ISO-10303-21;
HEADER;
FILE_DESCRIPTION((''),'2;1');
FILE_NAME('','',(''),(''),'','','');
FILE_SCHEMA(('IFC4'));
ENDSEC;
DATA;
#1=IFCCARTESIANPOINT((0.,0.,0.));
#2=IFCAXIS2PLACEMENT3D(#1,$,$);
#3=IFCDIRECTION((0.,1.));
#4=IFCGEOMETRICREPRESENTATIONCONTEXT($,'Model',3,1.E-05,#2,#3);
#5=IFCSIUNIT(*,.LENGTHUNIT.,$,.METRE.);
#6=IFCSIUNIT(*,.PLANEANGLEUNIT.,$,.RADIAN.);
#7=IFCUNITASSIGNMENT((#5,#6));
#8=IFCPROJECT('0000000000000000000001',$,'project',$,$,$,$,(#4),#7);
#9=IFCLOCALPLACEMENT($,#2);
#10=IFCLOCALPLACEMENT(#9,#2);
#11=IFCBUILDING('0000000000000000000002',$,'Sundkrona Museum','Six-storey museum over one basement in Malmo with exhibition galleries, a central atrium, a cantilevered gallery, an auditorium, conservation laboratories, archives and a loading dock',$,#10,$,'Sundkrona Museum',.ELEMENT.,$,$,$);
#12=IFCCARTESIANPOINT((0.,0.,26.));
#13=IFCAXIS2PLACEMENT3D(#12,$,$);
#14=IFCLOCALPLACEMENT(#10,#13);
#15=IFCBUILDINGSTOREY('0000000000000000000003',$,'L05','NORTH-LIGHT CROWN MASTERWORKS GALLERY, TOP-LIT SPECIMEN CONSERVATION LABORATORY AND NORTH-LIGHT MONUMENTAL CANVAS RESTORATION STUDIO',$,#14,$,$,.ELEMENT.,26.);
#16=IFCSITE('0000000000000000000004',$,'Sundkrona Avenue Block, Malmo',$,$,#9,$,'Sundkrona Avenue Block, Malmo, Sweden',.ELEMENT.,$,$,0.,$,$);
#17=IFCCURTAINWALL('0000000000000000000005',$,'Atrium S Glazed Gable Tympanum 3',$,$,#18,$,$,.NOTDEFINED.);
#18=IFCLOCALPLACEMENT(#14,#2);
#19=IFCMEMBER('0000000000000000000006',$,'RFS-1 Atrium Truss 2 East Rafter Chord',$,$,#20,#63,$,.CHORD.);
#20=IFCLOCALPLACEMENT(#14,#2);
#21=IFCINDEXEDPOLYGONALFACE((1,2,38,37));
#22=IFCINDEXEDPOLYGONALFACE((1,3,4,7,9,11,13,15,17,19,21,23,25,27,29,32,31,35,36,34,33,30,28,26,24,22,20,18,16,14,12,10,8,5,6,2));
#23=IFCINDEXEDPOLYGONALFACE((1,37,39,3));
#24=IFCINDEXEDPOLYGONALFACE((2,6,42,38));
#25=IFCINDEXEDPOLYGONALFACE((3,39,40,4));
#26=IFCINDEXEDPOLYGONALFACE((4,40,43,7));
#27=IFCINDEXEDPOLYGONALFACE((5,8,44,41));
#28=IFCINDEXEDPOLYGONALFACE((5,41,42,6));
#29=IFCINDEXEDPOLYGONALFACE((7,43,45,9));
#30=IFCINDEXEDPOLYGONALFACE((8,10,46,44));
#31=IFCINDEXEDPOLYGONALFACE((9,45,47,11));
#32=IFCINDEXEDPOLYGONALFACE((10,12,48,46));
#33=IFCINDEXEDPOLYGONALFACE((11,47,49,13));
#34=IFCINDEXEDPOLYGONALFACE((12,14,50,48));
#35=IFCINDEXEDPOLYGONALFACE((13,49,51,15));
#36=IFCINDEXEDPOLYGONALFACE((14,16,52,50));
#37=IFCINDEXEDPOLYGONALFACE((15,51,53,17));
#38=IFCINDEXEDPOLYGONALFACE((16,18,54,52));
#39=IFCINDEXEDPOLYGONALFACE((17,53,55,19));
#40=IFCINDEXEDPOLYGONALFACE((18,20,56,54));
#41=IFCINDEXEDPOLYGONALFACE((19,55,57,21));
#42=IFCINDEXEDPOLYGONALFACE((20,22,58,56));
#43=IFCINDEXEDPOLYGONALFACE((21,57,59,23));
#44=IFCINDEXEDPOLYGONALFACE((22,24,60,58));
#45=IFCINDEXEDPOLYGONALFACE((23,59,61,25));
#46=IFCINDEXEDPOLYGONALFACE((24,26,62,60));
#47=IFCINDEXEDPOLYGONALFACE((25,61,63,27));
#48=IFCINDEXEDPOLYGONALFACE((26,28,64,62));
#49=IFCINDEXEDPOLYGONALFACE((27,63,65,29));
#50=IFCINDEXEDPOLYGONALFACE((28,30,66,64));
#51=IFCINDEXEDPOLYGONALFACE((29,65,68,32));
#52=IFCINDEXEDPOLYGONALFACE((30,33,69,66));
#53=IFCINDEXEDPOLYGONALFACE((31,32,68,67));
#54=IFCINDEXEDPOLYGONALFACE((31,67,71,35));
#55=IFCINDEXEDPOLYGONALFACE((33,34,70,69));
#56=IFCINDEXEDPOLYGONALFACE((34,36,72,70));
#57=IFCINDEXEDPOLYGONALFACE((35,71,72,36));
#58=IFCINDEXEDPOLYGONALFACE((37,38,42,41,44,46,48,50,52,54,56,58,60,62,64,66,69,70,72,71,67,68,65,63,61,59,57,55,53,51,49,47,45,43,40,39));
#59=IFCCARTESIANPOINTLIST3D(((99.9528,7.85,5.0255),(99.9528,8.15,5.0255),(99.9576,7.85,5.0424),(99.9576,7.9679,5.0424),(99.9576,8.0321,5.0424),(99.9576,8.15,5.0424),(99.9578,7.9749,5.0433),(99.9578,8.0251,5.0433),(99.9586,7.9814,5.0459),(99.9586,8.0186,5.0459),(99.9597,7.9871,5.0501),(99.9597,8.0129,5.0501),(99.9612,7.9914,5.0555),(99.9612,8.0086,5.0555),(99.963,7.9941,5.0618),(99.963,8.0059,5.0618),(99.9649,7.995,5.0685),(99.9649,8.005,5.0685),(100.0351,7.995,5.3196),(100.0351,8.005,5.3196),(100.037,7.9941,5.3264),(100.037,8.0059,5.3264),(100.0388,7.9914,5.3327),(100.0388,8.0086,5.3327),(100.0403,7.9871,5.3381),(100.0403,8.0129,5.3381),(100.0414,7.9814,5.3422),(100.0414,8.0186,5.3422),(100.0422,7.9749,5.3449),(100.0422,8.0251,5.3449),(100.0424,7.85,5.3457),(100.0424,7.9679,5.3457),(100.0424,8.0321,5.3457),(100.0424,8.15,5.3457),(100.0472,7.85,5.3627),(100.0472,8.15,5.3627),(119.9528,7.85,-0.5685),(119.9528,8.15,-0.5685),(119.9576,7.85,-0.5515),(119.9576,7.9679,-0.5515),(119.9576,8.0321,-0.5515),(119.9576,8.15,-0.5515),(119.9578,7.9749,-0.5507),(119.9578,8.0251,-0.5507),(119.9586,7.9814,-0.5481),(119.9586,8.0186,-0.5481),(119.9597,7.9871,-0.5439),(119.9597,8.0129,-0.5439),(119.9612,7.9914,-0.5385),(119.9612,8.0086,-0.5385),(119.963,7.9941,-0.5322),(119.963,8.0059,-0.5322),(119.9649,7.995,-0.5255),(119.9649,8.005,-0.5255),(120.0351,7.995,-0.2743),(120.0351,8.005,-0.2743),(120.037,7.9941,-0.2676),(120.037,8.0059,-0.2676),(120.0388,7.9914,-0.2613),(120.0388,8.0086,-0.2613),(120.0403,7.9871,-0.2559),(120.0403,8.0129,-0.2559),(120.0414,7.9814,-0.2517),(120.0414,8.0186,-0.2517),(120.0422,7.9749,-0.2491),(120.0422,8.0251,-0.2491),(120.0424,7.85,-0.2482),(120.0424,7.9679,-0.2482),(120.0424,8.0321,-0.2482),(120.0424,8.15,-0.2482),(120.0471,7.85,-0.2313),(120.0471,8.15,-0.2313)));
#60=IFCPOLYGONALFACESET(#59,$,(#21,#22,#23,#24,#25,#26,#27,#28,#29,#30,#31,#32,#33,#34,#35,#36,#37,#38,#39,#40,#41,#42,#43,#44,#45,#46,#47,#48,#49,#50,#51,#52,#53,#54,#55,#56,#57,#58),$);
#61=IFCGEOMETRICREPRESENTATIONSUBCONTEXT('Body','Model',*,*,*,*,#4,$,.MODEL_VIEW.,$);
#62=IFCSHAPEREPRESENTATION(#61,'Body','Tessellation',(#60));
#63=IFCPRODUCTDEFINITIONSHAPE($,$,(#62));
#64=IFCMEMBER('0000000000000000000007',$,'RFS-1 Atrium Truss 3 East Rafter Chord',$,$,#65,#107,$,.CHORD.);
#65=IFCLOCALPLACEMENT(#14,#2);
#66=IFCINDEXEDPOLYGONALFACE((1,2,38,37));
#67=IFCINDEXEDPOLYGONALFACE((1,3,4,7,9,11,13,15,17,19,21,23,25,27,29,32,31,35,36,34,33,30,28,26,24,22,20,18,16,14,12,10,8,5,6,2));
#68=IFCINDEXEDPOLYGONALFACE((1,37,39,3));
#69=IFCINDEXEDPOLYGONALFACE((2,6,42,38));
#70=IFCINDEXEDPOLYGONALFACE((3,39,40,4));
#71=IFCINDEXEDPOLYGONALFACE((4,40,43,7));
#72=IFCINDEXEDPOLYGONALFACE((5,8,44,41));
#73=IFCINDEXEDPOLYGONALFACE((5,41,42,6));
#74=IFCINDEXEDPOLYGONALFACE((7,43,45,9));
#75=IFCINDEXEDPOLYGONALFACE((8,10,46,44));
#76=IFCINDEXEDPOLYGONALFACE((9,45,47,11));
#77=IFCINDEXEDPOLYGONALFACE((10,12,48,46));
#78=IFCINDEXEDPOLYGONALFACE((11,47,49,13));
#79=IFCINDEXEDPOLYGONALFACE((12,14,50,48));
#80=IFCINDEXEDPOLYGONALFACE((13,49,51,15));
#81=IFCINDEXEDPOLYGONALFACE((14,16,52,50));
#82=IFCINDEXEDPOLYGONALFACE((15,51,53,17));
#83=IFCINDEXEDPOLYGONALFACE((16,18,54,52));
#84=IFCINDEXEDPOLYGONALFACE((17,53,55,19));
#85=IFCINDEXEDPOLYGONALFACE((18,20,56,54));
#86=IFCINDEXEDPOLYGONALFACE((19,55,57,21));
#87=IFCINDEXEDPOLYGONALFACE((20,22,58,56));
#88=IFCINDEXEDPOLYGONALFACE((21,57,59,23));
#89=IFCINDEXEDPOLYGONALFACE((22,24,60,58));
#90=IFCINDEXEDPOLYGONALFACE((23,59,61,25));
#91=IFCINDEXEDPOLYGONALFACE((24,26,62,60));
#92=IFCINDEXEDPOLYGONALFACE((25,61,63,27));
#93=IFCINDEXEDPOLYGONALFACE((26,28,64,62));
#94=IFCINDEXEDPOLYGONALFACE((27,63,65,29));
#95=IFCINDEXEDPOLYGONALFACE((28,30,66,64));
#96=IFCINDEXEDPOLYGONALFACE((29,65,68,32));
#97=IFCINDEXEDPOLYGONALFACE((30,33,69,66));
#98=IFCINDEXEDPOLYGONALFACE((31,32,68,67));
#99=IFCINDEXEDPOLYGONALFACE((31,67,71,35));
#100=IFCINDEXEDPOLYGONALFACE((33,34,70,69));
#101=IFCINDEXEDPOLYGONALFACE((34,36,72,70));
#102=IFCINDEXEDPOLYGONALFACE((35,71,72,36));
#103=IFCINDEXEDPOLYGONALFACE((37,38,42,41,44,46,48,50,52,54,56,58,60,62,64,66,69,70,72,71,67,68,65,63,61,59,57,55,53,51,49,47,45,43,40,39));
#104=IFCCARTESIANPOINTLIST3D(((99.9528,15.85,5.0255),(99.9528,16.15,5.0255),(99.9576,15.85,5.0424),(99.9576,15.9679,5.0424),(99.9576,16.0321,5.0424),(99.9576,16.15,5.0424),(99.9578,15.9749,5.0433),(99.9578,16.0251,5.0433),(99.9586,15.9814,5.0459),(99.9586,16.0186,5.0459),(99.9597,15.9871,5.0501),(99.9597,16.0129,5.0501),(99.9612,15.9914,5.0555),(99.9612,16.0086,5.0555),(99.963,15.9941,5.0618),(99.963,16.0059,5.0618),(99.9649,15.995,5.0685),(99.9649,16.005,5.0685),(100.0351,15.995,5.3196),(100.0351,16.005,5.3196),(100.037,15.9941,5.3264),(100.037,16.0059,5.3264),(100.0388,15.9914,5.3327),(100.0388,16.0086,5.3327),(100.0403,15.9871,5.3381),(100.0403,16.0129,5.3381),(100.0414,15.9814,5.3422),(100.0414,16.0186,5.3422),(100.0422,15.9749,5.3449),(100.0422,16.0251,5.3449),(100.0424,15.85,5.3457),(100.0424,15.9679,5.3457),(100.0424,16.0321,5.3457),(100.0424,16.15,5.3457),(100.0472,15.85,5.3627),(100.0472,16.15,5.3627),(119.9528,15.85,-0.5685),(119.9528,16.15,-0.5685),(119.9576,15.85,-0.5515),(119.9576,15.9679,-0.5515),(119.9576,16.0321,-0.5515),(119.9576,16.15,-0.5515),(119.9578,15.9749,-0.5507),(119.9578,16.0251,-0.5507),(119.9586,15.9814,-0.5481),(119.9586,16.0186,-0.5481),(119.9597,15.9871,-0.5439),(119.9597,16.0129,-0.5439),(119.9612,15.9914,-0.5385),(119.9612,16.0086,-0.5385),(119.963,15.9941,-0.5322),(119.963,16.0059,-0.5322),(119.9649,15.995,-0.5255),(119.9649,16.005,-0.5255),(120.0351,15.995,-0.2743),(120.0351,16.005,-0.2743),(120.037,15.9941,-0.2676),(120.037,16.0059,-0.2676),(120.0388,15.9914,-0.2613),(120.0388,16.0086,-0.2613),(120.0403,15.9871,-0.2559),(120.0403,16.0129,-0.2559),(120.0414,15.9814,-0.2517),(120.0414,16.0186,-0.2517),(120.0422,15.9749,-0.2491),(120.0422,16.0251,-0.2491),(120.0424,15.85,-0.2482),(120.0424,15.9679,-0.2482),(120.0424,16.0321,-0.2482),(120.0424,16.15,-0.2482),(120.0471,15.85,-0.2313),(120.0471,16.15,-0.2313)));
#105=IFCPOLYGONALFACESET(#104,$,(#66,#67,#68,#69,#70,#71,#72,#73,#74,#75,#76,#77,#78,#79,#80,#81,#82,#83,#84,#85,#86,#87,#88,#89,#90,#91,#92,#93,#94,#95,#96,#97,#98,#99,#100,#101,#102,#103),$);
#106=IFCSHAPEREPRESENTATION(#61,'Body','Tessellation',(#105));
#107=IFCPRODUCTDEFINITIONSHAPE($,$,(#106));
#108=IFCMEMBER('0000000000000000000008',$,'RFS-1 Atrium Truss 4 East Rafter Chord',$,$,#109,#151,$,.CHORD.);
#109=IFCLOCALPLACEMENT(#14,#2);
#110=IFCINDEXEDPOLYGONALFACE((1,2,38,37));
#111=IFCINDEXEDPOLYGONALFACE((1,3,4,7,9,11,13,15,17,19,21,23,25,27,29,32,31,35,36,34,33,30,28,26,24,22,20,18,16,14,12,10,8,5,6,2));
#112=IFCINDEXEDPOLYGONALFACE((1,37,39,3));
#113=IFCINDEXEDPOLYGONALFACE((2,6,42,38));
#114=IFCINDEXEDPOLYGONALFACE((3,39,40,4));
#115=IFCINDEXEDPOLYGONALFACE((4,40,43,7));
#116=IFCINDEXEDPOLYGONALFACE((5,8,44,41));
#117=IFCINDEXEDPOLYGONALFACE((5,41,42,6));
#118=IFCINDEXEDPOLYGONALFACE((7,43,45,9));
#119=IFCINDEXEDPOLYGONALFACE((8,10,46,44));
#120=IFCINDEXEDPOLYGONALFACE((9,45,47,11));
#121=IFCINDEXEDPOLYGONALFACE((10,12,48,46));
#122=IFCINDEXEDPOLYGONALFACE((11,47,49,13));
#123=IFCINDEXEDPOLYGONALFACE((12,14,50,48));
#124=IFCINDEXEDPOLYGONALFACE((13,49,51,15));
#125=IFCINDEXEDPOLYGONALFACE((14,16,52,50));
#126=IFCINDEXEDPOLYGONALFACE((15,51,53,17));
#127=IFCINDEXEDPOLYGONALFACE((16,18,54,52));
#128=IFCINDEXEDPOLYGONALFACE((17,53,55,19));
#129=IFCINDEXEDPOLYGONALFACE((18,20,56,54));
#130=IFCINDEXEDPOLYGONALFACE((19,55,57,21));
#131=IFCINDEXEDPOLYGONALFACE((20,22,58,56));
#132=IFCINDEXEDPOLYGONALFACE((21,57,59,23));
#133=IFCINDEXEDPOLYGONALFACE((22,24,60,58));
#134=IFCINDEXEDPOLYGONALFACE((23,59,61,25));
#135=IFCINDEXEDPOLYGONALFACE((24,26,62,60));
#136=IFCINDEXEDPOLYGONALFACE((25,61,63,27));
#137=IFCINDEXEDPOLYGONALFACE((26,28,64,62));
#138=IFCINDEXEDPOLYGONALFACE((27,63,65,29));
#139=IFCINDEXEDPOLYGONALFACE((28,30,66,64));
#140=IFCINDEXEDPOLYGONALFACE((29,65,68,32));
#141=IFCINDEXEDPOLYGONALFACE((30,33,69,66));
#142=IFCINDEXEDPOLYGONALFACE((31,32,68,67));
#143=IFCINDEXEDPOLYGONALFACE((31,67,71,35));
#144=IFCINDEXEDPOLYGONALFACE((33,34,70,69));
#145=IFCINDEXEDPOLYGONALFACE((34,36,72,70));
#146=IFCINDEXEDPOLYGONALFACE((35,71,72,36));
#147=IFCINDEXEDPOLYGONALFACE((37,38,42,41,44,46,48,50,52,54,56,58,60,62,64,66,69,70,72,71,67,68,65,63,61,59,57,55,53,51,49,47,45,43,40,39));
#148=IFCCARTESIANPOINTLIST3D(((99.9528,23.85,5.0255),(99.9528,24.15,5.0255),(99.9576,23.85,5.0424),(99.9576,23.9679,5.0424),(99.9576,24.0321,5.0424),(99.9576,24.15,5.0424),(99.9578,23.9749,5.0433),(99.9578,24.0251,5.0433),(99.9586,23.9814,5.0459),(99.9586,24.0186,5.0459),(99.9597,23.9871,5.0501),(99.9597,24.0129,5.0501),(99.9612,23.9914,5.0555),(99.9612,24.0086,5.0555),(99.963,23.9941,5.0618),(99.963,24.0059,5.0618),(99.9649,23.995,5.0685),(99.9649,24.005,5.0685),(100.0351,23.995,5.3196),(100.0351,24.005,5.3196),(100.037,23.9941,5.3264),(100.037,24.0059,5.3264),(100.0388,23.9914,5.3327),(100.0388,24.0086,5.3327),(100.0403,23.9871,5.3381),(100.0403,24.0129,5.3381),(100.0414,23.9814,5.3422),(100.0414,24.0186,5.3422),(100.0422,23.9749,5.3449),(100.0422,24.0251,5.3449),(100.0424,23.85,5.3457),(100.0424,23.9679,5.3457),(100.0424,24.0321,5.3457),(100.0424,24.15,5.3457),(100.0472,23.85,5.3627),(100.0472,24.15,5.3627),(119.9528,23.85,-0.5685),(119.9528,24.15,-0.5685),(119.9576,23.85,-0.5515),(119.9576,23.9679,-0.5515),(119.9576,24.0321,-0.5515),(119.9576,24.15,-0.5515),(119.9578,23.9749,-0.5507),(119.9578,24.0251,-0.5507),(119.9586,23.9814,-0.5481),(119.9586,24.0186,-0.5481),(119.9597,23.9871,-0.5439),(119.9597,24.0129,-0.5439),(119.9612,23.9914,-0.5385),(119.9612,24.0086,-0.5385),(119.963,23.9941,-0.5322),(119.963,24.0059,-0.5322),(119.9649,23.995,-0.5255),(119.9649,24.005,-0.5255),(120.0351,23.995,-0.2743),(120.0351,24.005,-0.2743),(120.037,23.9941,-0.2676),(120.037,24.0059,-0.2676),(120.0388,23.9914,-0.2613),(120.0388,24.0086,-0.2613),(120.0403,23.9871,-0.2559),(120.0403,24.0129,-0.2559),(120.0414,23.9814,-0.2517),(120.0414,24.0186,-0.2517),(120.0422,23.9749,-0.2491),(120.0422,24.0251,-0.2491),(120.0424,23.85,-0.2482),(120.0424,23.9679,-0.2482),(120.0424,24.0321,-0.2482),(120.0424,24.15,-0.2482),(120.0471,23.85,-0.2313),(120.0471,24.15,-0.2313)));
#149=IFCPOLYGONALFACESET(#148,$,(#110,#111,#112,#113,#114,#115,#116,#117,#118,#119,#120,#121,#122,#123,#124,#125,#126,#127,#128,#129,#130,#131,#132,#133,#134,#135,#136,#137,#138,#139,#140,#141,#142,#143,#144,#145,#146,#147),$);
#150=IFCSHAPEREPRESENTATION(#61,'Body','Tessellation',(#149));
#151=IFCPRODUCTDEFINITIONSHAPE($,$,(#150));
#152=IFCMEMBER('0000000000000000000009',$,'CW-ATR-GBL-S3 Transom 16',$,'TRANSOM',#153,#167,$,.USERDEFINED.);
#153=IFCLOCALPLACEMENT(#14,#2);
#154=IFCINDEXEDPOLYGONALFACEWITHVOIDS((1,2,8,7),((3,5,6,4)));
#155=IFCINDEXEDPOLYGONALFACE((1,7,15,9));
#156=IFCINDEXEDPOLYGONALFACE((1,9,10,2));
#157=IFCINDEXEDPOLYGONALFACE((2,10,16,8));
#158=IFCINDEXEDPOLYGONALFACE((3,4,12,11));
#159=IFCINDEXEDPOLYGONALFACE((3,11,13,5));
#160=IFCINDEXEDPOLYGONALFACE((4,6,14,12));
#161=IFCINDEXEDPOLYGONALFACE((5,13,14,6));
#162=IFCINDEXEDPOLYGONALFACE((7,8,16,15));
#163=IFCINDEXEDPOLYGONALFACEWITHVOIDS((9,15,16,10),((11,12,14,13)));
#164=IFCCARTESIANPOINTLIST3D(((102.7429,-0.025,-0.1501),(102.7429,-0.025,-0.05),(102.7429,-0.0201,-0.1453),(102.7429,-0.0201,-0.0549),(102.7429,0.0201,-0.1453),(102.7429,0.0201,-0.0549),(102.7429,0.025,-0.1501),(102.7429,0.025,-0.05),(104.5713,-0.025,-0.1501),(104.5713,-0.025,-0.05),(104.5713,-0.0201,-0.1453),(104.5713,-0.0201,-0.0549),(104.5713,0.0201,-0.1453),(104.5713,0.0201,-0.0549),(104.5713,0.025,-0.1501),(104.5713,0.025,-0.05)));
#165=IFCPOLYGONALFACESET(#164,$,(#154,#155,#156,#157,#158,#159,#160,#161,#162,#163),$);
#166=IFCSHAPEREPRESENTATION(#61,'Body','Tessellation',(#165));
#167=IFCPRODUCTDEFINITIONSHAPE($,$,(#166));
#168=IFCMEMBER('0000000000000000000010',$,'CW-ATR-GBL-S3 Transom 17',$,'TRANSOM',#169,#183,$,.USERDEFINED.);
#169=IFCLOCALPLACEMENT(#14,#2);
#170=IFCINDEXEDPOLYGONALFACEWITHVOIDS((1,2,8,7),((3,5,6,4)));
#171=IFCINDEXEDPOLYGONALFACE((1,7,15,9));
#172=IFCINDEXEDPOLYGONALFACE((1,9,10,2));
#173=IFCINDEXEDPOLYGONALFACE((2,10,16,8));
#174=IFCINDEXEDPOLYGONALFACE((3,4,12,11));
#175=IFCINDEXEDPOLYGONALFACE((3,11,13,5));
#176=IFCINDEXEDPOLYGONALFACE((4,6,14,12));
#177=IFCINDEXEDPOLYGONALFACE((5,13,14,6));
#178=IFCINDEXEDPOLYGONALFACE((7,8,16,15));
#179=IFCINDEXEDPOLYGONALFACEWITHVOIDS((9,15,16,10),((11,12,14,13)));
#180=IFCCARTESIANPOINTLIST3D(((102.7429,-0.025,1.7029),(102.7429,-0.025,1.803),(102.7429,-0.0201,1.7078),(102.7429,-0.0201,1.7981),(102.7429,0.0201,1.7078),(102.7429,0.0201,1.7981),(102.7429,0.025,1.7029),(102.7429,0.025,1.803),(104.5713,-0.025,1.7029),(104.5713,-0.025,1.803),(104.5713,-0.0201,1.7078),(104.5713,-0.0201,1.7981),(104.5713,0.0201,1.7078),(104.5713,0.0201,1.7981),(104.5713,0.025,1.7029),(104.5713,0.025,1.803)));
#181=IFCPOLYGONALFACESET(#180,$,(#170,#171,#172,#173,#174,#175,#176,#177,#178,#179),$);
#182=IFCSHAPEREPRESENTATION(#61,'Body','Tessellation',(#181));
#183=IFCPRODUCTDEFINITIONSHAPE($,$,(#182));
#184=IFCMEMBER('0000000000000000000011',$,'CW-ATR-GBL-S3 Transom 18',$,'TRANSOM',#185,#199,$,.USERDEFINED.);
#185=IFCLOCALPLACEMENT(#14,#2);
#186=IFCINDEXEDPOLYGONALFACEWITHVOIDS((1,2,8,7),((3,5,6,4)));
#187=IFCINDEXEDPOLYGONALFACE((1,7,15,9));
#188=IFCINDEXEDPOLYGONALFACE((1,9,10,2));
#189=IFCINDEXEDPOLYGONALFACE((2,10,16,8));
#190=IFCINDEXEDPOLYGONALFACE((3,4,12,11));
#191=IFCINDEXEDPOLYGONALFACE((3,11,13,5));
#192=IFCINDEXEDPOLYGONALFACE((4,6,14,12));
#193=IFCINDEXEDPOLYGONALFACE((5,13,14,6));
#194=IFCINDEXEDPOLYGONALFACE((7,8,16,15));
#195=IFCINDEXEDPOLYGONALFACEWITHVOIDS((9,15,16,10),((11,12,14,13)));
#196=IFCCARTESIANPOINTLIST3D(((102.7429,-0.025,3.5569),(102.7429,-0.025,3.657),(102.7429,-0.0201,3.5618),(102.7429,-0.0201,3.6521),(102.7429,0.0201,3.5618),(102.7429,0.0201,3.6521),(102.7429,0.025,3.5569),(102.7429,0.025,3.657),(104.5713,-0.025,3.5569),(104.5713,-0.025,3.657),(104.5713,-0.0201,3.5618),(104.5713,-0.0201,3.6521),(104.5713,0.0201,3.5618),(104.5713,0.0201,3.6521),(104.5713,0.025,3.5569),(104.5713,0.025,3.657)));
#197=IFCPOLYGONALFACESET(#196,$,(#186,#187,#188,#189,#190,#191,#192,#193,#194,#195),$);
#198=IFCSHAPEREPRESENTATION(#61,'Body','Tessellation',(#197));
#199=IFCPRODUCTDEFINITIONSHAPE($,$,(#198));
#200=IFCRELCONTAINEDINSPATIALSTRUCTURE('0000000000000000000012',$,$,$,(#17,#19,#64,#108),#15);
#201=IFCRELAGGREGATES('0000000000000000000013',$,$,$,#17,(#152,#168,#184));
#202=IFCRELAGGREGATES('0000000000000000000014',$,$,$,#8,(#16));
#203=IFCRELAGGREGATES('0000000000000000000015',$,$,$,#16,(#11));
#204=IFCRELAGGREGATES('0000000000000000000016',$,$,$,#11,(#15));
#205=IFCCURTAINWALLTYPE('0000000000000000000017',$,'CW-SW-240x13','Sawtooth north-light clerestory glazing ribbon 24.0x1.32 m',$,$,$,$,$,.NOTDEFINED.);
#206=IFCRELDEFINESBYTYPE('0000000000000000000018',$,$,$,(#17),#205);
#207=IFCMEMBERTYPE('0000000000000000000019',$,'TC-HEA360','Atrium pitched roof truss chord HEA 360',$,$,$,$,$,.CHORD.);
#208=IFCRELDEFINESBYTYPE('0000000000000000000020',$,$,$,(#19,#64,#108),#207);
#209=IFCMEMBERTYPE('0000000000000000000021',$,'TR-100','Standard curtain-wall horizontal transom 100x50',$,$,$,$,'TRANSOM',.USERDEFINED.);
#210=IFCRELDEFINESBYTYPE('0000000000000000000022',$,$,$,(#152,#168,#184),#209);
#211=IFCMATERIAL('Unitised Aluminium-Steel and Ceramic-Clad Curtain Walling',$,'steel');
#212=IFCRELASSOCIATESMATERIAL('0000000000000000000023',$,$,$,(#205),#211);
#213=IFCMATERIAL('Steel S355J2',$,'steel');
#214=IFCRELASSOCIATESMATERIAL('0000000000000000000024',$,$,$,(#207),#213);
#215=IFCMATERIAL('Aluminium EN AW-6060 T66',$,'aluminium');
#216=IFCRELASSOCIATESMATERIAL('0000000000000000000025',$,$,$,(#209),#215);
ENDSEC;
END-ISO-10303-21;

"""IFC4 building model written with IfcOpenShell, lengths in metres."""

from ifc_helpers import new_model, si_unit, direction, frame, origin, origin_2d, place, context, subcontext, project, spatial, hollow_rectangle, i_section, extrude, material, material_profile, profile_set, type_object, element, aggregate, save


model = new_model("IFC4")

# Units and contexts
model_context = context("Model", 3, precision=1e-05, world=origin(), true_north=direction((0.0, 1.0)))
body_context = subcontext(model_context, "Body", "Model", "MODEL_VIEW")
ifc_project = project(units=[si_unit("LENGTHUNIT", "METRE"), si_unit("PLANEANGLEUNIT", "RADIAN")], contexts=[model_context])

# Site, building, storey
site_placement = place(None, origin())
site = spatial("IfcSite", under=ifc_project, at=site_placement, Name="Sundkrona Avenue Block, Malmo", LongName="Sundkrona Avenue Block, Malmo, Sweden", CompositionType="ELEMENT", RefElevation=0.0)
building_placement = place(site_placement, origin())
building = spatial("IfcBuilding", under=site, at=building_placement, Name="Sundkrona Museum", Description="Six-storey museum over one basement in Malmo with exhibition galleries, a central atrium, a cantilevered gallery, an auditorium, conservation laboratories, archives and a loading dock", LongName="Sundkrona Museum", CompositionType="ELEMENT")
storey_placement = place(building_placement, frame((0.0, 0.0, 26.0)))
storey = spatial("IfcBuildingStorey", under=building, at=storey_placement, Name="L05", Description="NORTH-LIGHT CROWN MASTERWORKS GALLERY, TOP-LIT SPECIMEN CONSERVATION LABORATORY AND NORTH-LIGHT MONUMENTAL CANVAS RESTORATION STUDIO", CompositionType="ELEMENT", Elevation=26.0)

# Curtain wall
ifc_material_1 = material(Name="Unitised Aluminium-Steel and Ceramic-Clad Curtain Walling", Category="steel")
curtain_wall_type = type_object("IfcCurtainWallType", Name="CW-SW-240x13", Description="Sawtooth north-light clerestory glazing ribbon 24.0x1.32 m", PredefinedType="NOTDEFINED", material=ifc_material_1)
curtain_wall_placement = place(storey_placement, origin())
curtain_wall = element("IfcCurtainWall", 1, at=curtain_wall_placement, inside=storey, type_object=curtain_wall_type, Name="Atrium S Glazed Gable Tympanum 3", PredefinedType="NOTDEFINED")
ifc_material_2 = material(Name="Aluminium EN AW-6060 T66", Category="aluminium")

# Members
ifc_material_3 = material(Name="Steel S355J2", Category="steel")
ifc_material_profile_1 = material_profile(ifc_material_3, i_section(OverallWidth=0.3, OverallDepth=0.3501, WebThickness=0.01, FlangeThickness=0.0176, FilletRadius=0.0271, at=origin_2d()), Name="HEA 360")
ifc_profile_set_1 = profile_set([ifc_material_profile_1], Name="Steel S355J2")
member_type_1 = type_object("IfcMemberType", Name="TC-HEA360", Description="Atrium pitched roof truss chord HEA 360", PredefinedType="CHORD", material=ifc_profile_set_1)
for number, where, z_axis, x_axis, name in (
    (2, (100.0, 8.0, 5.1941), (0.963039, 0.0, -0.269362), (0.0, 1.0, 0.0), "RFS-1 Atrium Truss 2 East Rafter Chord"),
    (3, (100.0, 16.0, 5.1941), (0.963039, 0.0, -0.269362), (0.0, 1.0, 0.0), "RFS-1 Atrium Truss 3 East Rafter Chord"),
    (4, (100.0, 24.0, 5.1941), (0.963039, 0.0, -0.269362), (0.0, 1.0, 0.0), "RFS-1 Atrium Truss 4 East Rafter Chord"),
):
    element("IfcMember", number, at=place(storey_placement, frame(where, z_axis=z_axis, x_axis=x_axis)), inside=storey, type_object=member_type_1, Name=name, PredefinedType="CHORD", context=body_context, shape_type="SweptSolid", body=[
        extrude(i_section(OverallWidth=0.3, OverallDepth=0.3501, WebThickness=0.01, FlangeThickness=0.0176, FilletRadius=0.0271, at=origin_2d()), origin(), (0.0, 0.0, 1.0), 20.7676),
    ])

# Members
ifc_material_profile_2 = material_profile(ifc_material_2, hollow_rectangle(XDim=0.05, YDim=0.1001, WallThickness=0.0049, at=origin_2d()), Name="RHS 100x50x5.0")
ifc_profile_set_2 = profile_set([ifc_material_profile_2], Name="Aluminium EN AW-6060 T66")
member_type_2 = type_object("IfcMemberType", Name="TR-100", Description="Standard curtain-wall horizontal transom 100x50", ElementType="TRANSOM", PredefinedType="USERDEFINED", material=ifc_profile_set_2)
member_1_placement = place(storey_placement, frame((102.7429, 0.0, -0.1001), z_axis=(1.0, 0.0, 0.0), x_axis=(0.0, 1.0, 0.0)))
member_1 = element("IfcMember", 5, at=member_1_placement, type_object=member_type_2, Name="CW-ATR-GBL-S3 Transom 16", ObjectType="TRANSOM", PredefinedType="USERDEFINED", context=body_context, shape_type="SweptSolid", body=[
    extrude(hollow_rectangle(XDim=0.05, YDim=0.1001, WallThickness=0.0049, at=origin_2d()), origin(), (0.0, 0.0, 1.0), 1.8284),
])
member_2_placement = place(storey_placement, frame((102.7429, 0.0, 1.7529), z_axis=(1.0, 0.0, 0.0), x_axis=(0.0, 1.0, 0.0)))
member_2 = element("IfcMember", 6, at=member_2_placement, type_object=member_type_2, Name="CW-ATR-GBL-S3 Transom 17", ObjectType="TRANSOM", PredefinedType="USERDEFINED", context=body_context, shape_type="SweptSolid", body=[
    extrude(hollow_rectangle(XDim=0.05, YDim=0.1001, WallThickness=0.0049, at=origin_2d()), origin(), (0.0, 0.0, 1.0), 1.8284),
])
member_3_placement = place(storey_placement, frame((102.7429, 0.0, 3.6069), z_axis=(1.0, 0.0, 0.0), x_axis=(0.0, 1.0, 0.0)))
member_3 = element("IfcMember", 7, at=member_3_placement, type_object=member_type_2, Name="CW-ATR-GBL-S3 Transom 18", ObjectType="TRANSOM", PredefinedType="USERDEFINED", context=body_context, shape_type="SweptSolid", body=[
    extrude(hollow_rectangle(XDim=0.05, YDim=0.1001, WallThickness=0.0049, at=origin_2d()), origin(), (0.0, 0.0, 1.0), 1.8284),
])

aggregate(curtain_wall, [member_1, member_2, member_3])

save(model, "model.ifc")
